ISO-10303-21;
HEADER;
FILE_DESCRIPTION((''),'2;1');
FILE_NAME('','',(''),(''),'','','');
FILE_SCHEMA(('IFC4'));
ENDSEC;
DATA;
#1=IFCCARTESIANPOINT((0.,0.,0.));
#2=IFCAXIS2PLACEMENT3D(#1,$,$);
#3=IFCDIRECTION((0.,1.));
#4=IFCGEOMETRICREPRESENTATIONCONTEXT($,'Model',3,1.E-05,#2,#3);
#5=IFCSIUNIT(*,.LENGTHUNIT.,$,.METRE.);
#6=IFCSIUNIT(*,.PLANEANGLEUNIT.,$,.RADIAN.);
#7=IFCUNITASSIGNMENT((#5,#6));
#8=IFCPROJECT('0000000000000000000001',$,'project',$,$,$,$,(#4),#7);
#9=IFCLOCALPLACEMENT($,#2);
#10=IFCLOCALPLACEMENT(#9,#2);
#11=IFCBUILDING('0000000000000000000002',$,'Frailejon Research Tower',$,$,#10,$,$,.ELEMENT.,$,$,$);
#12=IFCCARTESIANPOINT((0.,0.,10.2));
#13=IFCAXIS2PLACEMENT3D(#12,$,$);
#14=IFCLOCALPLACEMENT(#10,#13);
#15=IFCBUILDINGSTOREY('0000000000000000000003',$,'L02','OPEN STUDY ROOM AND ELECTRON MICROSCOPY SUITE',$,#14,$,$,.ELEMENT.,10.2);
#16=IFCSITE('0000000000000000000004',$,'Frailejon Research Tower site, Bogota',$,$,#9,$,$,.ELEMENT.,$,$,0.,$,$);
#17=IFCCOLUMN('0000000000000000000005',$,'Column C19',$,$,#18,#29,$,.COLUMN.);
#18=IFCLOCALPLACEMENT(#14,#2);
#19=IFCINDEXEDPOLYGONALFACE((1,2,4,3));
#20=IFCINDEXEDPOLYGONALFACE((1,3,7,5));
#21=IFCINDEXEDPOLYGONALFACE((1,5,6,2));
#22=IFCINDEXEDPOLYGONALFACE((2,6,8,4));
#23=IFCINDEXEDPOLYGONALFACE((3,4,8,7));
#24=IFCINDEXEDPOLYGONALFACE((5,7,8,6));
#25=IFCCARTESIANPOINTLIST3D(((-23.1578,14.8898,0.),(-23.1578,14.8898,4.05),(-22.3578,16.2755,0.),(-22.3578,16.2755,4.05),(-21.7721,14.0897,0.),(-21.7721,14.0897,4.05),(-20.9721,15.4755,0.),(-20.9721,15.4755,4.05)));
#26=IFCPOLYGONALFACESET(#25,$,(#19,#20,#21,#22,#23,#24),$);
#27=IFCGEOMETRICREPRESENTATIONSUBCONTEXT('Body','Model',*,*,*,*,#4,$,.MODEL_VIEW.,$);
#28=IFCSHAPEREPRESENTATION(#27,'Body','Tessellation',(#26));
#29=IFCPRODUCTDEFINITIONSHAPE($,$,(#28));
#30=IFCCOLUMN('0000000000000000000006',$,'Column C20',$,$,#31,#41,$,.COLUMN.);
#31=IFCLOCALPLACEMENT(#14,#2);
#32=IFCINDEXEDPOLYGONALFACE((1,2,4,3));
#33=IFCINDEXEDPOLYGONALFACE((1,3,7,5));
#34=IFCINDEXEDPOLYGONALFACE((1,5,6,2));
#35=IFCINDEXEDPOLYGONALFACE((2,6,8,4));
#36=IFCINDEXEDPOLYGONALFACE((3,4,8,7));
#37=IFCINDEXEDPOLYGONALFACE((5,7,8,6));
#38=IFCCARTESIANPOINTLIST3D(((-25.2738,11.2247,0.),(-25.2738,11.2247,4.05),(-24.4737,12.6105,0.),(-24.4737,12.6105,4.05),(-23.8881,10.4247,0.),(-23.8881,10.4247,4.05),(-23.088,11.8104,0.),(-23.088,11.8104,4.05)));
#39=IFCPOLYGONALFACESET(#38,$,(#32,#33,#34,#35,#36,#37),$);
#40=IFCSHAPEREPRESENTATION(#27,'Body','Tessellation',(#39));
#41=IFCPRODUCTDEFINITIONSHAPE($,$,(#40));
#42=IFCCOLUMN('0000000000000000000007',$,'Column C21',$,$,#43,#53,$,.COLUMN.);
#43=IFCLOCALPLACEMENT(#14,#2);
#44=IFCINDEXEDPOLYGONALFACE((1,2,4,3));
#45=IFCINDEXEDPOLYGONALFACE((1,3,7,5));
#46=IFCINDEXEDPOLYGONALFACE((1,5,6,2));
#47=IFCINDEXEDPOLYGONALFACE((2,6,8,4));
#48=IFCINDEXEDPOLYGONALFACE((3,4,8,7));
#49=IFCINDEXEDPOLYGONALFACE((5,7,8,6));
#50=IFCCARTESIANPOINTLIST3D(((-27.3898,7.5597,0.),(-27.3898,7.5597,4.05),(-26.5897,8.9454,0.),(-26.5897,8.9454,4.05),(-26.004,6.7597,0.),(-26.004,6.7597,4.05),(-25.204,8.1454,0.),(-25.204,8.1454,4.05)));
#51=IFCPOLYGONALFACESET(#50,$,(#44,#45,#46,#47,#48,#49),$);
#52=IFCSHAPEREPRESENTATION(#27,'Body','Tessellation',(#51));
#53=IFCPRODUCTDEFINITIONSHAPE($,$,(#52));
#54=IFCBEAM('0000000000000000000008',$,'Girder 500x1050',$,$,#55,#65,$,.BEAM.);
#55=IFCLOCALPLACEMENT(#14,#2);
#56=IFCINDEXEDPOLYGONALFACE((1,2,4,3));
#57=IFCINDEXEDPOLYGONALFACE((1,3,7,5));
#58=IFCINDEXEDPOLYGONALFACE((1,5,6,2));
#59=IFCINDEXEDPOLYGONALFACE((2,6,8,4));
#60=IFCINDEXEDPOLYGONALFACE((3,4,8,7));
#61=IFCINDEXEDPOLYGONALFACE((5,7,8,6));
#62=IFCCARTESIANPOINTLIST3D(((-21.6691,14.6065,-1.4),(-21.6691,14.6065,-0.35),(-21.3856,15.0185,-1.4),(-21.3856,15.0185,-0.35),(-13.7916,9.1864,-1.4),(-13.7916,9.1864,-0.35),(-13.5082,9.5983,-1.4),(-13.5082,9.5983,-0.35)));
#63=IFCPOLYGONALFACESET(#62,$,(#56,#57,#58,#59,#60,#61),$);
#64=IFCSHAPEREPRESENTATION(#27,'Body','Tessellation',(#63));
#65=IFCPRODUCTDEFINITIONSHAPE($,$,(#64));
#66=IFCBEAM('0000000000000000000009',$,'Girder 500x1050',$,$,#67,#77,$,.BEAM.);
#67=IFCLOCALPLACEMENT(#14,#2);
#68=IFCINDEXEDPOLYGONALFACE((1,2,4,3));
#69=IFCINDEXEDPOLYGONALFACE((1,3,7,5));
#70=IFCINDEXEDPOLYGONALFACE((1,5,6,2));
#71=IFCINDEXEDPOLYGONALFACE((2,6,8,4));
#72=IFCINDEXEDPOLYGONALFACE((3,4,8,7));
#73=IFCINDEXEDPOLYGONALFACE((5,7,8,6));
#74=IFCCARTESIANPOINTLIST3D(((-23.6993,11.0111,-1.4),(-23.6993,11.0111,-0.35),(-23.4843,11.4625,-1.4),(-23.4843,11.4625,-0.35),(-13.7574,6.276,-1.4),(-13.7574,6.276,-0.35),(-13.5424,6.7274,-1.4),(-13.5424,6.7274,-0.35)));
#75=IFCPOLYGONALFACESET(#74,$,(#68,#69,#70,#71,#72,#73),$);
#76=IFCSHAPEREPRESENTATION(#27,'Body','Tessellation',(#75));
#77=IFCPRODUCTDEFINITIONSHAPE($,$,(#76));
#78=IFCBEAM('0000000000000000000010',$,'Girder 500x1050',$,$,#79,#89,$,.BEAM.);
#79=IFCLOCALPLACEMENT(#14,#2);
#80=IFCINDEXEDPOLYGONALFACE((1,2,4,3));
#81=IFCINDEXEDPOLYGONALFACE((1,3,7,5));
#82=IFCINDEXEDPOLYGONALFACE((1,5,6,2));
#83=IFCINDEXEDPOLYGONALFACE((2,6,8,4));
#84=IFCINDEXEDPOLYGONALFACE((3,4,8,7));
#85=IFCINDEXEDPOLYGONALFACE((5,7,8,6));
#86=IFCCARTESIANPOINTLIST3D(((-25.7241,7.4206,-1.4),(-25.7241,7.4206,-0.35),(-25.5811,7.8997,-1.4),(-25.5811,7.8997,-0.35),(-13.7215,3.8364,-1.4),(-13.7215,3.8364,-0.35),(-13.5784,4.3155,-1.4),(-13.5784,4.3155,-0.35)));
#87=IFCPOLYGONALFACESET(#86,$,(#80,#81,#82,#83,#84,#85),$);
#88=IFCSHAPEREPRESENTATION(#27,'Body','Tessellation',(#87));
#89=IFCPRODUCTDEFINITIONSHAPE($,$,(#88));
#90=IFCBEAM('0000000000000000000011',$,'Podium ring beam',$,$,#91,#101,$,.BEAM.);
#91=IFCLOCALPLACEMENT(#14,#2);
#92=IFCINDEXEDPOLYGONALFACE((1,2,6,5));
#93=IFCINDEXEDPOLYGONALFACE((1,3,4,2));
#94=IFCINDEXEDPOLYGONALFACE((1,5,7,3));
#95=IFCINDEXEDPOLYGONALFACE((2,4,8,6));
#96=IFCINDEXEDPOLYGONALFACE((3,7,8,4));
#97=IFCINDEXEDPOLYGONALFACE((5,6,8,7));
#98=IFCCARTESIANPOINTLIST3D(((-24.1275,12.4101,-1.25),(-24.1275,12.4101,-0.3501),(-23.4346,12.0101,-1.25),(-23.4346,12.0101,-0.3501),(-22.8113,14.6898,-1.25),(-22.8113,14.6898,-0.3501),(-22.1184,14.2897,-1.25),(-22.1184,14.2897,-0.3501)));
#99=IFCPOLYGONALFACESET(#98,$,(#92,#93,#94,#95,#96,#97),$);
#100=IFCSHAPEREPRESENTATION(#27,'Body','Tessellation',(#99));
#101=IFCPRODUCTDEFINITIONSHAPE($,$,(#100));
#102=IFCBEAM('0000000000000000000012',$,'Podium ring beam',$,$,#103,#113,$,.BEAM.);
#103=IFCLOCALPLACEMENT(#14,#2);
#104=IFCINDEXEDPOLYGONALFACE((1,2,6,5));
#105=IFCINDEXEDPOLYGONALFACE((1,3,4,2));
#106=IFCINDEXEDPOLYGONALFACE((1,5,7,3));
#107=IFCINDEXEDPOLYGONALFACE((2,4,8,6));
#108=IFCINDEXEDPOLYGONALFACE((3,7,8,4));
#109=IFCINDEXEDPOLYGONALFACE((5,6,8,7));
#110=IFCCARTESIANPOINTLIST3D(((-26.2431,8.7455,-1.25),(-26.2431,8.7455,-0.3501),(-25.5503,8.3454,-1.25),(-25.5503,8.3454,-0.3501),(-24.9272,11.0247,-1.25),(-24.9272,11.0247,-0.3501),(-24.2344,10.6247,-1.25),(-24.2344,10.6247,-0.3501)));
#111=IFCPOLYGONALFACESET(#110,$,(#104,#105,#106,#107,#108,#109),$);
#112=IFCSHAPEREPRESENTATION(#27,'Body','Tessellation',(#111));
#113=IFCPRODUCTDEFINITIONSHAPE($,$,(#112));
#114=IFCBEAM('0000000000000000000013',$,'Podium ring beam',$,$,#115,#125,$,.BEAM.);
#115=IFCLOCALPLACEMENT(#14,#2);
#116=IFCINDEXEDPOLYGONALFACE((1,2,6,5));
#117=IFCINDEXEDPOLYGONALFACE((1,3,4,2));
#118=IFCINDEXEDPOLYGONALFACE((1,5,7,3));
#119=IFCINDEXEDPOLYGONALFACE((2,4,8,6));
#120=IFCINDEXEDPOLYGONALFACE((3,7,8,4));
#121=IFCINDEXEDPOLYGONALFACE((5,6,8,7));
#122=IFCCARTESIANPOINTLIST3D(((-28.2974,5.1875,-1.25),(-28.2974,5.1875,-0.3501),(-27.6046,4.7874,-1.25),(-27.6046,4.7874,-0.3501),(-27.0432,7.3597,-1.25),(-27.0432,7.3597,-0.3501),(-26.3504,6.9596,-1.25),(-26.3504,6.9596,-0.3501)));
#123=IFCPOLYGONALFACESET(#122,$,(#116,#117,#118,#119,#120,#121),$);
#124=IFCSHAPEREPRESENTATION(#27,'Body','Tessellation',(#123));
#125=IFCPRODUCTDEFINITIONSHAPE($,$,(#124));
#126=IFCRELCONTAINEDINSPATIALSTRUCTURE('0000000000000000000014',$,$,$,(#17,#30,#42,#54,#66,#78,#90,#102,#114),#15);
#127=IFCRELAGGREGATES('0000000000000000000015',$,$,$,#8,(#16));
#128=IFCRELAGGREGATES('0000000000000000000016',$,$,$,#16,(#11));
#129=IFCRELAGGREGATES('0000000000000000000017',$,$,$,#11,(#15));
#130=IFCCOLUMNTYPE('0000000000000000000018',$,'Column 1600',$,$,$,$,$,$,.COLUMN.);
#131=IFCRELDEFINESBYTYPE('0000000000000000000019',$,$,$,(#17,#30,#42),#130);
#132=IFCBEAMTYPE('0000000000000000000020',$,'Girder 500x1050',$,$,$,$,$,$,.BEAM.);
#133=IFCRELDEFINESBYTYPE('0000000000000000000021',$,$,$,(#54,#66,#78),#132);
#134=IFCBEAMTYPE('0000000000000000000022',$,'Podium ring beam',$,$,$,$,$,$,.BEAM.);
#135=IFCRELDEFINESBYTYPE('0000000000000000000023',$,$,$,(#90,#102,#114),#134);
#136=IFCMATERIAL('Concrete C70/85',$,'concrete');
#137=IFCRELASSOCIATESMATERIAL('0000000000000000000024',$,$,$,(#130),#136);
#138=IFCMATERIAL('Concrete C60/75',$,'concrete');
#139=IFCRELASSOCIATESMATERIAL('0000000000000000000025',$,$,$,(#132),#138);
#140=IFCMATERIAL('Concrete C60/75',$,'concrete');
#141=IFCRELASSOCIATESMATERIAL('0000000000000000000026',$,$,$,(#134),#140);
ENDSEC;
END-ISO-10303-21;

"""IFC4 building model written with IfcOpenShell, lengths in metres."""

from ifc_helpers import new_model, si_unit, direction, frame, origin, origin_2d, place, context, subcontext, project, spatial, rectangle, extrude, material, material_profile, profile_set, type_object, element, save


model = new_model("IFC4")

# Units and contexts
model_context = context("Model", 3, precision=1e-05, world=origin(), true_north=direction((0.0, 1.0)))
body_context = subcontext(model_context, "Body", "Model", "MODEL_VIEW")
ifc_project = project(units=[si_unit("LENGTHUNIT", "METRE"), si_unit("PLANEANGLEUNIT", "RADIAN")], contexts=[model_context])

# Site, building, storey
site_placement = place(None, origin())
site = spatial("IfcSite", under=ifc_project, at=site_placement, Name="Frailejon Research Tower site, Bogota", CompositionType="ELEMENT", RefElevation=0.0)
building_placement = place(site_placement, origin())
building = spatial("IfcBuilding", under=site, at=building_placement, Name="Frailejon Research Tower", CompositionType="ELEMENT")
storey_placement = place(building_placement, frame((0.0, 0.0, 10.2)))
storey = spatial("IfcBuildingStorey", under=building, at=storey_placement, Name="L02", Description="OPEN STUDY ROOM AND ELECTRON MICROSCOPY SUITE", CompositionType="ELEMENT", Elevation=10.2)

# Columns
ifc_material_1 = material(Name="Concrete C70/85", Category="concrete")
ifc_material_profile_1 = material_profile(ifc_material_1, rectangle(XDim=1.6001, YDim=1.6001, at=origin_2d()), Name="Column 1600")
ifc_profile_set_1 = profile_set([ifc_material_profile_1], Name="Concrete C70/85")
column_type = type_object("IfcColumnType", Name="Column 1600", PredefinedType="COLUMN", material=ifc_profile_set_1)
for number, where, z_axis, x_axis, name in (
    (1, (-22.0649, 15.1826, 0.0), (0.0, 0.0, 1.0), (-0.5, -0.866025, 0.0), "Column C19"),
    (2, (-24.1809, 11.5176, 0.0), (0.0, 0.0, 1.0), (-0.5, -0.866025, 0.0), "Column C20"),
    (3, (-26.2969, 7.8525, 0.0), (0.0, 0.0, 1.0), (-0.5, -0.866025, 0.0), "Column C21"),
):
    element("IfcColumn", number, at=place(storey_placement, frame(where, z_axis=z_axis, x_axis=x_axis)), inside=storey, type_object=column_type, Name=name, PredefinedType="COLUMN", context=body_context, shape_type="SweptSolid", body=[
        extrude(rectangle(XDim=1.6001, YDim=1.6001, at=origin_2d()), origin(), (0.0, 0.0, 1.0), 4.05),
    ])

# Beams
ifc_material_2 = material(Name="Concrete C60/75", Category="concrete")
ifc_material_profile_2 = material_profile(ifc_material_2, rectangle(XDim=0.5, YDim=1.05, at=origin_2d()), Name="Girder 500x1050")
ifc_profile_set_2 = profile_set([ifc_material_profile_2], Name="Concrete C60/75")
beam_type_1 = type_object("IfcBeamType", Name="Girder 500x1050", PredefinedType="BEAM", material=ifc_profile_set_2)
beam_1_placement = place(storey_placement, frame((-21.5273, 14.8125, -0.875), z_axis=(0.823826, -0.566843, 0.0), x_axis=(0.566843, 0.823826, 0.0)))
element("IfcBeam", 4, at=beam_1_placement, inside=storey, type_object=beam_type_1, Name="Girder 500x1050", PredefinedType="BEAM", context=body_context, shape_type="SweptSolid", body=[
    extrude(rectangle(XDim=0.5, YDim=1.05, at=origin_2d()), origin(), (0.0, 0.0, 1.0), 9.562),
])
beam_2_placement = place(storey_placement, frame((-23.5918, 11.2368, -0.875), z_axis=(0.90283, -0.429998, 0.0), x_axis=(0.429998, 0.90283, 0.0)))
element("IfcBeam", 5, at=beam_2_placement, inside=storey, type_object=beam_type_1, Name="Girder 500x1050", PredefinedType="BEAM", context=body_context, shape_type="SweptSolid", body=[
    extrude(rectangle(XDim=0.5, YDim=1.05, at=origin_2d()), origin(), (0.0, 0.0, 1.0), 11.012),
])
beam_3_placement = place(storey_placement, frame((-25.6526, 7.6602, -0.875), z_axis=(0.95819, -0.286134, 0.0), x_axis=(0.286134, 0.95819, 0.0)))
element("IfcBeam", 6, at=beam_3_placement, inside=storey, type_object=beam_type_1, Name="Girder 500x1050", PredefinedType="BEAM", context=body_context, shape_type="SweptSolid", body=[
    extrude(rectangle(XDim=0.5, YDim=1.05, at=origin_2d()), origin(), (0.0, 0.0, 1.0), 12.5264),
])
ifc_material_3 = material(Name="Concrete C60/75", Category="concrete")
ifc_material_profile_3 = material_profile(ifc_material_3, rectangle(XDim=0.8, YDim=0.8999, at=origin_2d()), Name="Podium ring beam")
ifc_profile_set_3 = profile_set([ifc_material_profile_3], Name="Concrete C60/75")
beam_type_2 = type_object("IfcBeamType", Name="Podium ring beam", PredefinedType="BEAM", material=ifc_profile_set_3)
beam_4_placement = place(storey_placement, frame((-22.4648, 14.4897, -0.8), z_axis=(-0.50002, -0.866014, 0.0), x_axis=(0.866014, -0.50002, 0.0)))
element("IfcBeam", 7, at=beam_4_placement, inside=storey, type_object=beam_type_2, Name="Podium ring beam", PredefinedType="BEAM", context=body_context, shape_type="SweptSolid", body=[
    extrude(rectangle(XDim=0.8, YDim=0.8999, at=origin_2d()), origin(), (0.0, 0.0, 1.0), 2.6323),
])
beam_5_placement = place(storey_placement, frame((-24.5808, 10.8247, -0.8), z_axis=(-0.49999, -0.866031, 0.0), x_axis=(0.866031, -0.49999, 0.0)))
element("IfcBeam", 8, at=beam_5_placement, inside=storey, type_object=beam_type_2, Name="Podium ring beam", PredefinedType="BEAM", context=body_context, shape_type="SweptSolid", body=[
    extrude(rectangle(XDim=0.8, YDim=0.8999, at=origin_2d()), origin(), (0.0, 0.0, 1.0), 2.6318),
])
beam_6_placement = place(storey_placement, frame((-26.6968, 7.1597, -0.8), z_axis=(-0.500023, -0.866012, 0.0), x_axis=(0.866012, -0.500023, 0.0)))
element("IfcBeam", 9, at=beam_6_placement, inside=storey, type_object=beam_type_2, Name="Podium ring beam", PredefinedType="BEAM", context=body_context, shape_type="SweptSolid", body=[
    extrude(rectangle(XDim=0.8, YDim=0.8999, at=origin_2d()), origin(), (0.0, 0.0, 1.0), 2.5083),
])

save(model, "model.ifc")
